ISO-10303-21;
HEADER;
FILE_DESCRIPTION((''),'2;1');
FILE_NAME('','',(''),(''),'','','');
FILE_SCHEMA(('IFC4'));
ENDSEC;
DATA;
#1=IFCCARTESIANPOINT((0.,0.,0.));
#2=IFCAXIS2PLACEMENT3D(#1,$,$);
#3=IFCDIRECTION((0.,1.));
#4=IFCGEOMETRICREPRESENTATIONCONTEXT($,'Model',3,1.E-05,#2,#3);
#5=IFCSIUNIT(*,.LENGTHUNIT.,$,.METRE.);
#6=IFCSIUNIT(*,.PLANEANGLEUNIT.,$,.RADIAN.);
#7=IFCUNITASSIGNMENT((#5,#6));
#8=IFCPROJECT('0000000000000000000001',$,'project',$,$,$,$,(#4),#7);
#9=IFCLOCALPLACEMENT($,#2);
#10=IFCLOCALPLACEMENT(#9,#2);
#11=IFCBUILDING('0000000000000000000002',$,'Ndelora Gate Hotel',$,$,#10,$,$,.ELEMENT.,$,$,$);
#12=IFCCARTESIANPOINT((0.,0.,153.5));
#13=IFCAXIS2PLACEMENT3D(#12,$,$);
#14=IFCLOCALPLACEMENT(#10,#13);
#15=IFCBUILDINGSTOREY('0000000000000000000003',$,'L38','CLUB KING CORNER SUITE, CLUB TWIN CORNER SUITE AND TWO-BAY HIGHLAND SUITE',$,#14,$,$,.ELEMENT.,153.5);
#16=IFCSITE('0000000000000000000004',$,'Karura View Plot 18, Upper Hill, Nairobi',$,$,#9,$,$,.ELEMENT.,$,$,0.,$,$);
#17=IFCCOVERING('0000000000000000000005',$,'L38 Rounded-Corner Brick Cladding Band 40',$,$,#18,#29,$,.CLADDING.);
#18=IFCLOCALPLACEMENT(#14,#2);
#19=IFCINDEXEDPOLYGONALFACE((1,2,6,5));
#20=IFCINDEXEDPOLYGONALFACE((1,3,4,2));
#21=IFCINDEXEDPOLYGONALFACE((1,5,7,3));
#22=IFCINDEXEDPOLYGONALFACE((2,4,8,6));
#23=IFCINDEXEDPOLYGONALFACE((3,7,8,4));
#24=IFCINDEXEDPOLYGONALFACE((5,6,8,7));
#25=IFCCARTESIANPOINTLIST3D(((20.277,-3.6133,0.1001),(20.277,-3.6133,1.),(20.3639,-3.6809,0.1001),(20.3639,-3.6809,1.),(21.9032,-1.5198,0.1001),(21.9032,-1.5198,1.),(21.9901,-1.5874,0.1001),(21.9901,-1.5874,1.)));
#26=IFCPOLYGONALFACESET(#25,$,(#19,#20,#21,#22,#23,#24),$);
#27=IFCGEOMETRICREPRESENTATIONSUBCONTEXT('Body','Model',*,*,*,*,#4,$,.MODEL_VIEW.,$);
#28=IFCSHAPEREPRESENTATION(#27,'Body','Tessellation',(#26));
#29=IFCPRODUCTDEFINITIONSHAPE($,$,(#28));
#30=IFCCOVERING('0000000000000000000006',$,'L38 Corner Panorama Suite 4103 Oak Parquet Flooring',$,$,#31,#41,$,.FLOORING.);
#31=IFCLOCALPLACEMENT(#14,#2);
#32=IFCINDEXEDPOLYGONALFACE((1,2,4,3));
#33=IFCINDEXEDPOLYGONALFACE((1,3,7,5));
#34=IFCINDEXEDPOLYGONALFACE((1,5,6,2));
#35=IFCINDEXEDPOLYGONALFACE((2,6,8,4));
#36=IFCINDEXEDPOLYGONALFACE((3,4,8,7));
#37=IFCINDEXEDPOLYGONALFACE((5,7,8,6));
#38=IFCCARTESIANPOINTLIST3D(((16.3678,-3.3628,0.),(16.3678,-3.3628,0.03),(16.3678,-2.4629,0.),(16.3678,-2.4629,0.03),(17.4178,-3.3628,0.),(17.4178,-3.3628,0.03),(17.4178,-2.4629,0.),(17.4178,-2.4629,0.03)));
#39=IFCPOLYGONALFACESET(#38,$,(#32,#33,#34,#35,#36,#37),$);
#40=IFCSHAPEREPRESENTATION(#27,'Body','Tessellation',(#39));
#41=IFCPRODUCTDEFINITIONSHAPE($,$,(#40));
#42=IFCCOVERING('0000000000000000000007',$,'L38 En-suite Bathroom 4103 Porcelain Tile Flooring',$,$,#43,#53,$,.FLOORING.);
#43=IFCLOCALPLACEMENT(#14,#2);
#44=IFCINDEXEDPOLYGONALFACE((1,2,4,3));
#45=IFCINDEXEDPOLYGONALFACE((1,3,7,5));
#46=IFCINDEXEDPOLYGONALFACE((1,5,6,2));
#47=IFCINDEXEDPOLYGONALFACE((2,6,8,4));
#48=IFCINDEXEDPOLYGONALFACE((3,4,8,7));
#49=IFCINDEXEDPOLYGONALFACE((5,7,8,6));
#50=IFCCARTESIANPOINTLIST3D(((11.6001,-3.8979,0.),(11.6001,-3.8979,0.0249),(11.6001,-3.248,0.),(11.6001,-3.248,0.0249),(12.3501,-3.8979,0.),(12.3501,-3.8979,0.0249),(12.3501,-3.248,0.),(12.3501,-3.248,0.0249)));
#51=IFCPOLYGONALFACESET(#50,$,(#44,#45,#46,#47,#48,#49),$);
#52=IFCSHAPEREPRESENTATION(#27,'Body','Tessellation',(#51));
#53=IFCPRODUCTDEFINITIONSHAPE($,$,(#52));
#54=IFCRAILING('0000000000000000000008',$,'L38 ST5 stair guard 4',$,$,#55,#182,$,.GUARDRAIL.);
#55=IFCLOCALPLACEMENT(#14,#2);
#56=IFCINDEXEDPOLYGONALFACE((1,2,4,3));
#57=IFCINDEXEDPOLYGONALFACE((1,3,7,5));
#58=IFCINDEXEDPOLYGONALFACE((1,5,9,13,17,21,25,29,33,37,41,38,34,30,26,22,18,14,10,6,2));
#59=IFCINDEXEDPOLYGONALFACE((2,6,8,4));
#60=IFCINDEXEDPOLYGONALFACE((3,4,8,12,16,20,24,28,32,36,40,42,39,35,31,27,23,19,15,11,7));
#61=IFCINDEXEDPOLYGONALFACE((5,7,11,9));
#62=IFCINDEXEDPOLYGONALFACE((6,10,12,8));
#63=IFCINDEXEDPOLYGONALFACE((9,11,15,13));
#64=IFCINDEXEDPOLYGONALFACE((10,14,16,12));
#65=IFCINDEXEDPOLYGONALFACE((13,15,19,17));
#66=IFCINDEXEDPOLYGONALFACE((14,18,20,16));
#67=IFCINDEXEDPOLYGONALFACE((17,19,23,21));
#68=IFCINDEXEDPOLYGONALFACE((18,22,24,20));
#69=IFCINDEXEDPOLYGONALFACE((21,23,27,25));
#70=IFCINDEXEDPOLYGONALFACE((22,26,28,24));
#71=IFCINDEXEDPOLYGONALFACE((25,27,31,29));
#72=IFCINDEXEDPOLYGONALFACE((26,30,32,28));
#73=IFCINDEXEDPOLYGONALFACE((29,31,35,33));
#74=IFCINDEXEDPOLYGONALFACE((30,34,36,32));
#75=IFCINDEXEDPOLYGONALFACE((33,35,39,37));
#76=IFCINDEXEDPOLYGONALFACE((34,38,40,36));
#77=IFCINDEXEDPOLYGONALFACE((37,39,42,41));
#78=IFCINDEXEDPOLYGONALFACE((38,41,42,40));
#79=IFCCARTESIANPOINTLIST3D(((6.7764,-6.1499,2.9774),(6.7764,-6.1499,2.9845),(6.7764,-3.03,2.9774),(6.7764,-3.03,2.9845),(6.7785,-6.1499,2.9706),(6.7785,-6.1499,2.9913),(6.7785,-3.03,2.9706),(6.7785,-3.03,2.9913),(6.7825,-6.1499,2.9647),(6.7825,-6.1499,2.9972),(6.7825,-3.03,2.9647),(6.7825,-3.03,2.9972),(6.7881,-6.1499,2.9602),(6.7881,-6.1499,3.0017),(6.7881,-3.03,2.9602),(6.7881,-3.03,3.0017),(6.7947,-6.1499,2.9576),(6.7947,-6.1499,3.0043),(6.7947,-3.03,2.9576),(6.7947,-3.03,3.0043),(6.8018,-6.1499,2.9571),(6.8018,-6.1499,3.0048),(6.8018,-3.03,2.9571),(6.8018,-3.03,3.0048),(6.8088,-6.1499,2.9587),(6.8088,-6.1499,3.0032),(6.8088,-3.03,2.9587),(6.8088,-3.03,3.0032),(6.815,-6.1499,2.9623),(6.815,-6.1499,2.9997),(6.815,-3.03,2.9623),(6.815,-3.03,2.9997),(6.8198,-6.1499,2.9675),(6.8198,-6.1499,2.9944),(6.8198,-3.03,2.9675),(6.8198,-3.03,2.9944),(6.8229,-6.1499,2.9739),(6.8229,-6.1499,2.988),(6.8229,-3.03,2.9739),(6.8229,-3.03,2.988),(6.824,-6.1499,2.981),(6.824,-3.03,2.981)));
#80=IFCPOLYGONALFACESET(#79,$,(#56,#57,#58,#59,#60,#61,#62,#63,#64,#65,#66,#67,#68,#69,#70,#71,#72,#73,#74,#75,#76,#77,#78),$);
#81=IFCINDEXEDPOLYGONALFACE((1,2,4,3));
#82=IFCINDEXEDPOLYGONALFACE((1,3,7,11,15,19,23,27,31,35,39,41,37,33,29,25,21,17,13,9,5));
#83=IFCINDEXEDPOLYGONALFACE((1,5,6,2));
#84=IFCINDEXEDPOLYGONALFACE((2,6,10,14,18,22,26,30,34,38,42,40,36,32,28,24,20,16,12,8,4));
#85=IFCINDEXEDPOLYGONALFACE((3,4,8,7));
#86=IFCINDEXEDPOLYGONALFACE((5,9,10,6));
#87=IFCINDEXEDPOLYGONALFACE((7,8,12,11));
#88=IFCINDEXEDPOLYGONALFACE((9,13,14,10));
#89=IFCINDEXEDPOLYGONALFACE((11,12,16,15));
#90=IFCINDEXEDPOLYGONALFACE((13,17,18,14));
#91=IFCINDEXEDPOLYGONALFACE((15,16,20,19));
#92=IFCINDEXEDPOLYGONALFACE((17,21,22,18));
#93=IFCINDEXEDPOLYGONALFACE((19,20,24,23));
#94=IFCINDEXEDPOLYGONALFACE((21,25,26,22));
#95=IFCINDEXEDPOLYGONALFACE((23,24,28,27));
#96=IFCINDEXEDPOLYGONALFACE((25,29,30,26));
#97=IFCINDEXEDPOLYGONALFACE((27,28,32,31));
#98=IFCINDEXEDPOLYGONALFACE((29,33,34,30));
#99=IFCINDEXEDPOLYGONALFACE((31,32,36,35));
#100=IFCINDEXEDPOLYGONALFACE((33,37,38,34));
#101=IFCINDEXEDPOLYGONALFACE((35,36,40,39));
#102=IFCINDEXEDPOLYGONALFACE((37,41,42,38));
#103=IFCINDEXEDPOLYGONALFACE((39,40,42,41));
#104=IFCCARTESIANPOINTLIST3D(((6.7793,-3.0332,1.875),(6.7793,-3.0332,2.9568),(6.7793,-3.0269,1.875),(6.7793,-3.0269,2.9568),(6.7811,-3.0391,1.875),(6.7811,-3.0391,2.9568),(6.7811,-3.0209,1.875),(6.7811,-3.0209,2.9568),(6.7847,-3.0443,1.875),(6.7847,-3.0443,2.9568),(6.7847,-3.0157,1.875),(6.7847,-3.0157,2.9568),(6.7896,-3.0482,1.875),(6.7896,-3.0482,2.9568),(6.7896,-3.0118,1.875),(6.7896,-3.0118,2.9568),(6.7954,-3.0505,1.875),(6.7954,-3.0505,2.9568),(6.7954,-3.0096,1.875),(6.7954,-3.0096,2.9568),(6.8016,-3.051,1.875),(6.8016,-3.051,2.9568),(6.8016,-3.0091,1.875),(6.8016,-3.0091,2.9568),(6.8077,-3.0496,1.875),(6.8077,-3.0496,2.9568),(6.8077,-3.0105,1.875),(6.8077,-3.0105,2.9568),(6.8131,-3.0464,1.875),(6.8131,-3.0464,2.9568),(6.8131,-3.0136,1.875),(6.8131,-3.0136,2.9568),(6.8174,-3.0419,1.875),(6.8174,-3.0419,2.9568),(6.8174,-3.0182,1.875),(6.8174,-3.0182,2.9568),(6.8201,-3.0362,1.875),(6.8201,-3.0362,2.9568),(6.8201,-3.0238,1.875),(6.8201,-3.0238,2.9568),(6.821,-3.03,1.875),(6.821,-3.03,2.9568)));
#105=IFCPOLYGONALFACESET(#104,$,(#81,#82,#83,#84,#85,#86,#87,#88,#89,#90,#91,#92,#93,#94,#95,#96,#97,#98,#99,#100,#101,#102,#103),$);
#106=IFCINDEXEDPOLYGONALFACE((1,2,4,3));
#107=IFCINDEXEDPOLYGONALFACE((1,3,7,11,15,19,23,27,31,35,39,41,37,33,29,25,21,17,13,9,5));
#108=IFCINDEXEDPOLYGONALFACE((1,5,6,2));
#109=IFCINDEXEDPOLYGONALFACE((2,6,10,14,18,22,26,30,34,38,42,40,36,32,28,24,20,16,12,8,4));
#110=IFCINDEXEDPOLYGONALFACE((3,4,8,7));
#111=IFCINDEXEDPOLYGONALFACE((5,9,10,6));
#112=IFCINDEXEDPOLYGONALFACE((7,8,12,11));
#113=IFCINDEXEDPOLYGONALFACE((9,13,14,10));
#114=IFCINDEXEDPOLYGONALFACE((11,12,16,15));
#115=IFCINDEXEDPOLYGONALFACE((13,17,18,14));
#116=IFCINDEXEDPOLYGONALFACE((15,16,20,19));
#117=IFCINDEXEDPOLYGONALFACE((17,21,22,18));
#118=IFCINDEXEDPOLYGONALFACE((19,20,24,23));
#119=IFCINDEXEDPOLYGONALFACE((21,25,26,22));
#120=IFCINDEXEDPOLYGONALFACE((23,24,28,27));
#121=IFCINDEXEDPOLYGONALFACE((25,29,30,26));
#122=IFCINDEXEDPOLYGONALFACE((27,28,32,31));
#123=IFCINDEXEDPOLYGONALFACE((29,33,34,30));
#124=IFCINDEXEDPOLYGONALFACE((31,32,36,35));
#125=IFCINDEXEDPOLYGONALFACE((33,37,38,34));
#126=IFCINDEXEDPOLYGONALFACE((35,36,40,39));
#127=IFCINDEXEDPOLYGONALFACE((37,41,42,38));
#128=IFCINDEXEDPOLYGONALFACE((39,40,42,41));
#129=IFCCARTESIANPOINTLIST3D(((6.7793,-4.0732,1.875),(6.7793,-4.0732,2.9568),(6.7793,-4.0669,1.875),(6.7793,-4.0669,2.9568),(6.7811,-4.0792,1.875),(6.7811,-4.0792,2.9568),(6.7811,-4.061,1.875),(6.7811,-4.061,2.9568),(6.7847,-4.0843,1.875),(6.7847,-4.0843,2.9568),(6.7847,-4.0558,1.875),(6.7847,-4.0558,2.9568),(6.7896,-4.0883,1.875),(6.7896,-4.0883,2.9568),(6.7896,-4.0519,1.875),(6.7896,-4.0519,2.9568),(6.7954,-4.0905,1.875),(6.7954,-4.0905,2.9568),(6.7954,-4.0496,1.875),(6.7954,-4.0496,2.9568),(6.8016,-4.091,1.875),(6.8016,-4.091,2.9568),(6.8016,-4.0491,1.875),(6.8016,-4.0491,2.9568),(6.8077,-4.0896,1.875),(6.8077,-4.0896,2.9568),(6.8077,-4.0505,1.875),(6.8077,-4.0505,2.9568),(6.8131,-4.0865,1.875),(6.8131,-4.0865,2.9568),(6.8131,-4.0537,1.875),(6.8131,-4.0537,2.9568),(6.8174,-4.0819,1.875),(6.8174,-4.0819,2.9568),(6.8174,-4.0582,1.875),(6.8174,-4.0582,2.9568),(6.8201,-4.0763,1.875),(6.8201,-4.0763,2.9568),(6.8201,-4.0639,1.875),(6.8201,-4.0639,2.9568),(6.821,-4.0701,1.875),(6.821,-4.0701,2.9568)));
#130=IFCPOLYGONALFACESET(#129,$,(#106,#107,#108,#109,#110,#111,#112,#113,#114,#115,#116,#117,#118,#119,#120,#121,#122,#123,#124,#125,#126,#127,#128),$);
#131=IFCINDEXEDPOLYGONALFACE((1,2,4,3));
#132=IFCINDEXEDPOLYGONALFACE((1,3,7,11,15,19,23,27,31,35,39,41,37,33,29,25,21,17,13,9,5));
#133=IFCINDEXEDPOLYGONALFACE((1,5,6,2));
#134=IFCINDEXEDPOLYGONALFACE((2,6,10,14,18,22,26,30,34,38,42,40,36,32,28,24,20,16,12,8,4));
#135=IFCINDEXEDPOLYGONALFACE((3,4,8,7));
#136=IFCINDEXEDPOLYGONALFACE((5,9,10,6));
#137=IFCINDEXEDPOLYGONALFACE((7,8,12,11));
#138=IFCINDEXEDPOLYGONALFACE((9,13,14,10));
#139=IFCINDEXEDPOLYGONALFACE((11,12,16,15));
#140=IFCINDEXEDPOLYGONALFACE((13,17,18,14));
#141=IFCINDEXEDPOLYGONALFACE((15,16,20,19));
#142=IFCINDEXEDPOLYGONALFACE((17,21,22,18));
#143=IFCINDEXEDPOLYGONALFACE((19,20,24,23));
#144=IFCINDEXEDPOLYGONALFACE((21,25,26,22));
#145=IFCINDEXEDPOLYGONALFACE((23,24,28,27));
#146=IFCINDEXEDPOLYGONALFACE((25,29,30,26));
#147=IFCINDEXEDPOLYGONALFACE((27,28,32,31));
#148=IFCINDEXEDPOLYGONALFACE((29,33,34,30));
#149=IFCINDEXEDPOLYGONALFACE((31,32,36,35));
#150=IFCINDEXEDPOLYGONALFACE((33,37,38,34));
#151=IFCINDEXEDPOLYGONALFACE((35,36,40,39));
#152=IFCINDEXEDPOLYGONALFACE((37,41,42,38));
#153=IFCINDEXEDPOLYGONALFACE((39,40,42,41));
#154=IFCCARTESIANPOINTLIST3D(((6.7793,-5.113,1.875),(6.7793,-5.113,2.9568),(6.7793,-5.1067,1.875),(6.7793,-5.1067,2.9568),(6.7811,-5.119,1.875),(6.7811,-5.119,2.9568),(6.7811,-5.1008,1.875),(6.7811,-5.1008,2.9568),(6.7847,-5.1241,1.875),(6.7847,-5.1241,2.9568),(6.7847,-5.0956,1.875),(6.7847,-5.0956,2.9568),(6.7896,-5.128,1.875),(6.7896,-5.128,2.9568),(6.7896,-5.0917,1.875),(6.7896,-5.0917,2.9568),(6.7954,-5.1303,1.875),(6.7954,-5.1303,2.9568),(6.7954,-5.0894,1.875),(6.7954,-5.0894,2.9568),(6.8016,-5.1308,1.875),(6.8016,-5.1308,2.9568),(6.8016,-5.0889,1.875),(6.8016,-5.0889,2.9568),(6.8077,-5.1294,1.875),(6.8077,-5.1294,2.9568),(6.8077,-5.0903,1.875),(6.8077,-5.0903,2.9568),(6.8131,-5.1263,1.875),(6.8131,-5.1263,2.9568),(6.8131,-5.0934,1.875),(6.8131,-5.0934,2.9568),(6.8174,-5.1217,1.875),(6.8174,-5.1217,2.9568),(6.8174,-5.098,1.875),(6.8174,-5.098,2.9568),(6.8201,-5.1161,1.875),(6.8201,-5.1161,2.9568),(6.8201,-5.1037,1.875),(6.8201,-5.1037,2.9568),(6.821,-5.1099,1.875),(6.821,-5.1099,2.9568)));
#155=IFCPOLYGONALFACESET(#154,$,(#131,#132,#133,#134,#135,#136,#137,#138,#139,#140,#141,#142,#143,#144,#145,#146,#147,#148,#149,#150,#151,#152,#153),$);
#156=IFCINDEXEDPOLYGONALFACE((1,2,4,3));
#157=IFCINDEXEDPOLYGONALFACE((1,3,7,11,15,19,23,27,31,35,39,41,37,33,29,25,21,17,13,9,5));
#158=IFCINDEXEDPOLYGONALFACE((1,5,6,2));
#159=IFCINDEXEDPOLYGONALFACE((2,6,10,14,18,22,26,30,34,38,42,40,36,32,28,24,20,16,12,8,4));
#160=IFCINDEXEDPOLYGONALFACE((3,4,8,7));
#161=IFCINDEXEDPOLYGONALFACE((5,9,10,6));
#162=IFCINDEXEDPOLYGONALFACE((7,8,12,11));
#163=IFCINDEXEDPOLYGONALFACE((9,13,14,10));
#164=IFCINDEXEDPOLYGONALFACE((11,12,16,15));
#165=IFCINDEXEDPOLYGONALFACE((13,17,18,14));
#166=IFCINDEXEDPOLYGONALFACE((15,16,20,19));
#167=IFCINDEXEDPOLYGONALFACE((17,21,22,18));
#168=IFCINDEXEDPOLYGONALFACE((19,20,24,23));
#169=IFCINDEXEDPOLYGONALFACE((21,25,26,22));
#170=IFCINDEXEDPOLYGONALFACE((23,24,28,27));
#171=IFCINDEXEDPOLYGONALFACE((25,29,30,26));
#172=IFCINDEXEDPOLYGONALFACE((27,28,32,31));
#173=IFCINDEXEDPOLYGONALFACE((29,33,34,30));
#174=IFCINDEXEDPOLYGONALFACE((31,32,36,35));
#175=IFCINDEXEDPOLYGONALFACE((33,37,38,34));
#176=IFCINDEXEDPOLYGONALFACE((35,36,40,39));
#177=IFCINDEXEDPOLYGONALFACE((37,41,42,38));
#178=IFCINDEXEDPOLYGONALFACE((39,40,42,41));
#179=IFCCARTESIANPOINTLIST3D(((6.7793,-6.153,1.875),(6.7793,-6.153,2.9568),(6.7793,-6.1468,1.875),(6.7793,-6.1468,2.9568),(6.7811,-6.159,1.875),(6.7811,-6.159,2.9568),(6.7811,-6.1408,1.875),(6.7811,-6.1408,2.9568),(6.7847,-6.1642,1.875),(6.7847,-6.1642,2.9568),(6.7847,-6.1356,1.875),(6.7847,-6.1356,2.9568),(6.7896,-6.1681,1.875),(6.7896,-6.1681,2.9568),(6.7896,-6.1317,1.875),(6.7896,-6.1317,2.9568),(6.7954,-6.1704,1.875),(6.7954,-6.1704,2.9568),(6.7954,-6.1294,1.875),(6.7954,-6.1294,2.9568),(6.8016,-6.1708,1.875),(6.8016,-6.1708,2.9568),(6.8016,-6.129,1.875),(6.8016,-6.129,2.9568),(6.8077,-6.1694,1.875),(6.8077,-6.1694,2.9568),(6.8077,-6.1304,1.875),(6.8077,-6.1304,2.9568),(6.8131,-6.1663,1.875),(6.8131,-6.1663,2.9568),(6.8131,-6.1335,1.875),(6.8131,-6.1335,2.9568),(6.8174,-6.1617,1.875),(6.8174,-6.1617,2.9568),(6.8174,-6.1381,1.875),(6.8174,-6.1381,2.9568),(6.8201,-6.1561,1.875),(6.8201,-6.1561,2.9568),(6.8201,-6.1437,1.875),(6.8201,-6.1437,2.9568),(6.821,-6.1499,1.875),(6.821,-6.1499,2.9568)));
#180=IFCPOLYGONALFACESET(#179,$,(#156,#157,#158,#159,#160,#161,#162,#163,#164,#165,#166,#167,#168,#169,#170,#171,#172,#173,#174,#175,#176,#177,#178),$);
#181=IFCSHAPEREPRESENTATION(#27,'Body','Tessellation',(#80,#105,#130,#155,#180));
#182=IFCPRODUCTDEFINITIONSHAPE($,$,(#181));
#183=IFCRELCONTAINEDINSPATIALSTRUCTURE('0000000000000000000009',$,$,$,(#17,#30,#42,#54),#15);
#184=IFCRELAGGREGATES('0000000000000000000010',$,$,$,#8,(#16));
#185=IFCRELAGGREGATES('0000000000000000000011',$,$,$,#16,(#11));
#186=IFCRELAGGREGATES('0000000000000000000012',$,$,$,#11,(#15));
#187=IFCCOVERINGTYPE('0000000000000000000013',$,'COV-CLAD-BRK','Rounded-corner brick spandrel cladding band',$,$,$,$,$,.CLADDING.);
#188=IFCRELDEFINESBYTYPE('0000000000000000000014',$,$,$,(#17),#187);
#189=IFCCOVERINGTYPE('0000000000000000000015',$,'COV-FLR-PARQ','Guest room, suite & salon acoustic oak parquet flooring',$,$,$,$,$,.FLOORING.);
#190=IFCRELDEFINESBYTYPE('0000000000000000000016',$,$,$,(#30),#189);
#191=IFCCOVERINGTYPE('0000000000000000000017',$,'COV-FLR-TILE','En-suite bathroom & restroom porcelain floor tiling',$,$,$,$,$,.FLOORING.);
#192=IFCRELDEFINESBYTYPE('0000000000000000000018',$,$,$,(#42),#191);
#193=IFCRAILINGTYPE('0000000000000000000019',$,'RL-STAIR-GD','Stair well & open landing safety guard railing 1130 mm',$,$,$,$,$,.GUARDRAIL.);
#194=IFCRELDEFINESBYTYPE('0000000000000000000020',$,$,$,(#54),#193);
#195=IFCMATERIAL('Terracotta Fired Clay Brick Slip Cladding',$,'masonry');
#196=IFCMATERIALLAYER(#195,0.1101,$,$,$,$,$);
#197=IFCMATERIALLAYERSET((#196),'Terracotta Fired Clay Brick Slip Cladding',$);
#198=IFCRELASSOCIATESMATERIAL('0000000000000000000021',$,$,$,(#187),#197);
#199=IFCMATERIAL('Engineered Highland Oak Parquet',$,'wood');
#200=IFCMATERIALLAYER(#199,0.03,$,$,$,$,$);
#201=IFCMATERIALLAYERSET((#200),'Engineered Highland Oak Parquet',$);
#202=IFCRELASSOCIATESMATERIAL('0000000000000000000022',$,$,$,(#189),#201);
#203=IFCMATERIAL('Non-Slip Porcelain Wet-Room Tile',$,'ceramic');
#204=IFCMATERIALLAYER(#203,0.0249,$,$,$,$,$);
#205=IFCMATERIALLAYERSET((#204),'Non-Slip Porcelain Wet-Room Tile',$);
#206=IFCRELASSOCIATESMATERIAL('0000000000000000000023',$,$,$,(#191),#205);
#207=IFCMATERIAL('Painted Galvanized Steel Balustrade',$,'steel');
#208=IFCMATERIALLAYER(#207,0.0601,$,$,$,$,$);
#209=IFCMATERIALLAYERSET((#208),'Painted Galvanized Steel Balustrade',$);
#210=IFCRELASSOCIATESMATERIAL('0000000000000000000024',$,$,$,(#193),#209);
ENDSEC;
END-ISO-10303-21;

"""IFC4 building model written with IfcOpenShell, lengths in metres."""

from ifc_helpers import new_model, si_unit, direction, frame, origin, origin_2d, place, context, subcontext, project, spatial, rectangle, circle, extrude, material, layer, layer_set, type_object, element, save


model = new_model("IFC4")

# Units and contexts
model_context = context("Model", 3, precision=1e-05, world=origin(), true_north=direction((0.0, 1.0)))
body_context = subcontext(model_context, "Body", "Model", "MODEL_VIEW")
ifc_project = project(units=[si_unit("LENGTHUNIT", "METRE"), si_unit("PLANEANGLEUNIT", "RADIAN")], contexts=[model_context])

# Site, building, storey
site_placement = place(None, origin())
site = spatial("IfcSite", under=ifc_project, at=site_placement, Name="Karura View Plot 18, Upper Hill, Nairobi", CompositionType="ELEMENT", RefElevation=0.0)
building_placement = place(site_placement, origin())
building = spatial("IfcBuilding", under=site, at=building_placement, Name="Ndelora Gate Hotel", CompositionType="ELEMENT")
storey_placement = place(building_placement, frame((0.0, 0.0, 153.5)))
storey = spatial("IfcBuildingStorey", under=building, at=storey_placement, Name="L38", Description="CLUB KING CORNER SUITE, CLUB TWIN CORNER SUITE AND TWO-BAY HIGHLAND SUITE", CompositionType="ELEMENT", Elevation=153.5)

# Coverings
ifc_material_1 = material(Name="Terracotta Fired Clay Brick Slip Cladding", Category="masonry")
ifc_layer_1 = layer(ifc_material_1, 0.1101)
ifc_layer_set_1 = layer_set([ifc_layer_1], Name="Terracotta Fired Clay Brick Slip Cladding")
covering_type_1 = type_object("IfcCoveringType", Name="COV-CLAD-BRK", Description="Rounded-corner brick spandrel cladding band", PredefinedType="CLADDING", material=ifc_layer_set_1)
covering_1_placement = place(storey_placement, frame((21.1335, -2.6003, 0.1001), z_axis=(0.0, 0.0, 1.0), x_axis=(0.613459, 0.789727, 0.0)))
element("IfcCovering", 1, at=covering_1_placement, inside=storey, type_object=covering_type_1, Name="L38 Rounded-Corner Brick Cladding Band 40", PredefinedType="CLADDING", context=body_context, shape_type="SweptSolid", body=[
    extrude(rectangle(XDim=2.6509, YDim=0.1101, at=origin_2d()), origin(), (0.0, 0.0, 1.0), 0.8999),
])
ifc_material_2 = material(Name="Engineered Highland Oak Parquet", Category="wood")
ifc_layer_2 = layer(ifc_material_2, 0.03)
ifc_layer_set_2 = layer_set([ifc_layer_2], Name="Engineered Highland Oak Parquet")
covering_type_2 = type_object("IfcCoveringType", Name="COV-FLR-PARQ", Description="Guest room, suite & salon acoustic oak parquet flooring", PredefinedType="FLOORING", material=ifc_layer_set_2)
covering_2_placement = place(storey_placement, frame((16.8928, -2.9128, 0.0), z_axis=(0.0, 0.0, 1.0), x_axis=(1.0, 0.0, 0.0)))
element("IfcCovering", 2, at=covering_2_placement, inside=storey, type_object=covering_type_2, Name="L38 Corner Panorama Suite 4103 Oak Parquet Flooring", PredefinedType="FLOORING", context=body_context, shape_type="SweptSolid", body=[
    extrude(rectangle(XDim=1.05, YDim=0.8999, at=origin_2d()), origin(), (0.0, 0.0, 1.0), 0.03),
])
ifc_material_3 = material(Name="Non-Slip Porcelain Wet-Room Tile", Category="ceramic")
ifc_layer_3 = layer(ifc_material_3, 0.0249)
ifc_layer_set_3 = layer_set([ifc_layer_3], Name="Non-Slip Porcelain Wet-Room Tile")
covering_type_3 = type_object("IfcCoveringType", Name="COV-FLR-TILE", Description="En-suite bathroom & restroom porcelain floor tiling", PredefinedType="FLOORING", material=ifc_layer_set_3)
covering_3_placement = place(storey_placement, frame((11.9751, -3.573, 0.0), z_axis=(0.0, 0.0, 1.0), x_axis=(1.0, 0.0, 0.0)))
element("IfcCovering", 3, at=covering_3_placement, inside=storey, type_object=covering_type_3, Name="L38 En-suite Bathroom 4103 Porcelain Tile Flooring", PredefinedType="FLOORING", context=body_context, shape_type="SweptSolid", body=[
    extrude(rectangle(XDim=0.75, YDim=0.6499, at=origin_2d()), origin(), (0.0, 0.0, 1.0), 0.0249),
])

# Railing
ifc_material_4 = material(Name="Painted Galvanized Steel Balustrade", Category="steel")
ifc_layer_4 = layer(ifc_material_4, 0.0601)
ifc_layer_set_4 = layer_set([ifc_layer_4], Name="Painted Galvanized Steel Balustrade")
railing_type_1 = type_object("IfcRailingType", Name="RL-STAIR-GD", Description="Stair well & open landing safety guard railing 1130 mm", PredefinedType="GUARDRAIL", material=ifc_layer_set_4)
railing_1_placement = place(storey_placement, frame((6.8, -3.03, 1.875)))
element("IfcRailing", 4, at=railing_1_placement, inside=storey, type_object=railing_type_1, Name="L38 ST5 stair guard 4", PredefinedType="GUARDRAIL", context=body_context, shape_type="SweptSolid", body=[
    extrude(circle(Radius=0.0239, at=origin_2d()), frame((0.0, 0.0, 1.106), z_axis=(0.0, -1.0, 0.0), x_axis=(1.0, 0.0, 0.0)), (0.0, 0.0, 1.0), 3.1199),
    extrude(circle(Radius=0.021, at=origin_2d()), origin(), (0.0, 0.0, 1.0), 1.0818),
    extrude(circle(Radius=0.021, at=origin_2d()), frame((0.0, -1.04, 0.0)), (0.0, 0.0, 1.0), 1.0818),
    extrude(circle(Radius=0.021, at=origin_2d()), frame((0.0, -2.0798, 0.0)), (0.0, 0.0, 1.0), 1.0818),
    extrude(circle(Radius=0.021, at=origin_2d()), frame((0.0, -3.1199, 0.0)), (0.0, 0.0, 1.0), 1.0818),
])

save(model, "model.ifc")
